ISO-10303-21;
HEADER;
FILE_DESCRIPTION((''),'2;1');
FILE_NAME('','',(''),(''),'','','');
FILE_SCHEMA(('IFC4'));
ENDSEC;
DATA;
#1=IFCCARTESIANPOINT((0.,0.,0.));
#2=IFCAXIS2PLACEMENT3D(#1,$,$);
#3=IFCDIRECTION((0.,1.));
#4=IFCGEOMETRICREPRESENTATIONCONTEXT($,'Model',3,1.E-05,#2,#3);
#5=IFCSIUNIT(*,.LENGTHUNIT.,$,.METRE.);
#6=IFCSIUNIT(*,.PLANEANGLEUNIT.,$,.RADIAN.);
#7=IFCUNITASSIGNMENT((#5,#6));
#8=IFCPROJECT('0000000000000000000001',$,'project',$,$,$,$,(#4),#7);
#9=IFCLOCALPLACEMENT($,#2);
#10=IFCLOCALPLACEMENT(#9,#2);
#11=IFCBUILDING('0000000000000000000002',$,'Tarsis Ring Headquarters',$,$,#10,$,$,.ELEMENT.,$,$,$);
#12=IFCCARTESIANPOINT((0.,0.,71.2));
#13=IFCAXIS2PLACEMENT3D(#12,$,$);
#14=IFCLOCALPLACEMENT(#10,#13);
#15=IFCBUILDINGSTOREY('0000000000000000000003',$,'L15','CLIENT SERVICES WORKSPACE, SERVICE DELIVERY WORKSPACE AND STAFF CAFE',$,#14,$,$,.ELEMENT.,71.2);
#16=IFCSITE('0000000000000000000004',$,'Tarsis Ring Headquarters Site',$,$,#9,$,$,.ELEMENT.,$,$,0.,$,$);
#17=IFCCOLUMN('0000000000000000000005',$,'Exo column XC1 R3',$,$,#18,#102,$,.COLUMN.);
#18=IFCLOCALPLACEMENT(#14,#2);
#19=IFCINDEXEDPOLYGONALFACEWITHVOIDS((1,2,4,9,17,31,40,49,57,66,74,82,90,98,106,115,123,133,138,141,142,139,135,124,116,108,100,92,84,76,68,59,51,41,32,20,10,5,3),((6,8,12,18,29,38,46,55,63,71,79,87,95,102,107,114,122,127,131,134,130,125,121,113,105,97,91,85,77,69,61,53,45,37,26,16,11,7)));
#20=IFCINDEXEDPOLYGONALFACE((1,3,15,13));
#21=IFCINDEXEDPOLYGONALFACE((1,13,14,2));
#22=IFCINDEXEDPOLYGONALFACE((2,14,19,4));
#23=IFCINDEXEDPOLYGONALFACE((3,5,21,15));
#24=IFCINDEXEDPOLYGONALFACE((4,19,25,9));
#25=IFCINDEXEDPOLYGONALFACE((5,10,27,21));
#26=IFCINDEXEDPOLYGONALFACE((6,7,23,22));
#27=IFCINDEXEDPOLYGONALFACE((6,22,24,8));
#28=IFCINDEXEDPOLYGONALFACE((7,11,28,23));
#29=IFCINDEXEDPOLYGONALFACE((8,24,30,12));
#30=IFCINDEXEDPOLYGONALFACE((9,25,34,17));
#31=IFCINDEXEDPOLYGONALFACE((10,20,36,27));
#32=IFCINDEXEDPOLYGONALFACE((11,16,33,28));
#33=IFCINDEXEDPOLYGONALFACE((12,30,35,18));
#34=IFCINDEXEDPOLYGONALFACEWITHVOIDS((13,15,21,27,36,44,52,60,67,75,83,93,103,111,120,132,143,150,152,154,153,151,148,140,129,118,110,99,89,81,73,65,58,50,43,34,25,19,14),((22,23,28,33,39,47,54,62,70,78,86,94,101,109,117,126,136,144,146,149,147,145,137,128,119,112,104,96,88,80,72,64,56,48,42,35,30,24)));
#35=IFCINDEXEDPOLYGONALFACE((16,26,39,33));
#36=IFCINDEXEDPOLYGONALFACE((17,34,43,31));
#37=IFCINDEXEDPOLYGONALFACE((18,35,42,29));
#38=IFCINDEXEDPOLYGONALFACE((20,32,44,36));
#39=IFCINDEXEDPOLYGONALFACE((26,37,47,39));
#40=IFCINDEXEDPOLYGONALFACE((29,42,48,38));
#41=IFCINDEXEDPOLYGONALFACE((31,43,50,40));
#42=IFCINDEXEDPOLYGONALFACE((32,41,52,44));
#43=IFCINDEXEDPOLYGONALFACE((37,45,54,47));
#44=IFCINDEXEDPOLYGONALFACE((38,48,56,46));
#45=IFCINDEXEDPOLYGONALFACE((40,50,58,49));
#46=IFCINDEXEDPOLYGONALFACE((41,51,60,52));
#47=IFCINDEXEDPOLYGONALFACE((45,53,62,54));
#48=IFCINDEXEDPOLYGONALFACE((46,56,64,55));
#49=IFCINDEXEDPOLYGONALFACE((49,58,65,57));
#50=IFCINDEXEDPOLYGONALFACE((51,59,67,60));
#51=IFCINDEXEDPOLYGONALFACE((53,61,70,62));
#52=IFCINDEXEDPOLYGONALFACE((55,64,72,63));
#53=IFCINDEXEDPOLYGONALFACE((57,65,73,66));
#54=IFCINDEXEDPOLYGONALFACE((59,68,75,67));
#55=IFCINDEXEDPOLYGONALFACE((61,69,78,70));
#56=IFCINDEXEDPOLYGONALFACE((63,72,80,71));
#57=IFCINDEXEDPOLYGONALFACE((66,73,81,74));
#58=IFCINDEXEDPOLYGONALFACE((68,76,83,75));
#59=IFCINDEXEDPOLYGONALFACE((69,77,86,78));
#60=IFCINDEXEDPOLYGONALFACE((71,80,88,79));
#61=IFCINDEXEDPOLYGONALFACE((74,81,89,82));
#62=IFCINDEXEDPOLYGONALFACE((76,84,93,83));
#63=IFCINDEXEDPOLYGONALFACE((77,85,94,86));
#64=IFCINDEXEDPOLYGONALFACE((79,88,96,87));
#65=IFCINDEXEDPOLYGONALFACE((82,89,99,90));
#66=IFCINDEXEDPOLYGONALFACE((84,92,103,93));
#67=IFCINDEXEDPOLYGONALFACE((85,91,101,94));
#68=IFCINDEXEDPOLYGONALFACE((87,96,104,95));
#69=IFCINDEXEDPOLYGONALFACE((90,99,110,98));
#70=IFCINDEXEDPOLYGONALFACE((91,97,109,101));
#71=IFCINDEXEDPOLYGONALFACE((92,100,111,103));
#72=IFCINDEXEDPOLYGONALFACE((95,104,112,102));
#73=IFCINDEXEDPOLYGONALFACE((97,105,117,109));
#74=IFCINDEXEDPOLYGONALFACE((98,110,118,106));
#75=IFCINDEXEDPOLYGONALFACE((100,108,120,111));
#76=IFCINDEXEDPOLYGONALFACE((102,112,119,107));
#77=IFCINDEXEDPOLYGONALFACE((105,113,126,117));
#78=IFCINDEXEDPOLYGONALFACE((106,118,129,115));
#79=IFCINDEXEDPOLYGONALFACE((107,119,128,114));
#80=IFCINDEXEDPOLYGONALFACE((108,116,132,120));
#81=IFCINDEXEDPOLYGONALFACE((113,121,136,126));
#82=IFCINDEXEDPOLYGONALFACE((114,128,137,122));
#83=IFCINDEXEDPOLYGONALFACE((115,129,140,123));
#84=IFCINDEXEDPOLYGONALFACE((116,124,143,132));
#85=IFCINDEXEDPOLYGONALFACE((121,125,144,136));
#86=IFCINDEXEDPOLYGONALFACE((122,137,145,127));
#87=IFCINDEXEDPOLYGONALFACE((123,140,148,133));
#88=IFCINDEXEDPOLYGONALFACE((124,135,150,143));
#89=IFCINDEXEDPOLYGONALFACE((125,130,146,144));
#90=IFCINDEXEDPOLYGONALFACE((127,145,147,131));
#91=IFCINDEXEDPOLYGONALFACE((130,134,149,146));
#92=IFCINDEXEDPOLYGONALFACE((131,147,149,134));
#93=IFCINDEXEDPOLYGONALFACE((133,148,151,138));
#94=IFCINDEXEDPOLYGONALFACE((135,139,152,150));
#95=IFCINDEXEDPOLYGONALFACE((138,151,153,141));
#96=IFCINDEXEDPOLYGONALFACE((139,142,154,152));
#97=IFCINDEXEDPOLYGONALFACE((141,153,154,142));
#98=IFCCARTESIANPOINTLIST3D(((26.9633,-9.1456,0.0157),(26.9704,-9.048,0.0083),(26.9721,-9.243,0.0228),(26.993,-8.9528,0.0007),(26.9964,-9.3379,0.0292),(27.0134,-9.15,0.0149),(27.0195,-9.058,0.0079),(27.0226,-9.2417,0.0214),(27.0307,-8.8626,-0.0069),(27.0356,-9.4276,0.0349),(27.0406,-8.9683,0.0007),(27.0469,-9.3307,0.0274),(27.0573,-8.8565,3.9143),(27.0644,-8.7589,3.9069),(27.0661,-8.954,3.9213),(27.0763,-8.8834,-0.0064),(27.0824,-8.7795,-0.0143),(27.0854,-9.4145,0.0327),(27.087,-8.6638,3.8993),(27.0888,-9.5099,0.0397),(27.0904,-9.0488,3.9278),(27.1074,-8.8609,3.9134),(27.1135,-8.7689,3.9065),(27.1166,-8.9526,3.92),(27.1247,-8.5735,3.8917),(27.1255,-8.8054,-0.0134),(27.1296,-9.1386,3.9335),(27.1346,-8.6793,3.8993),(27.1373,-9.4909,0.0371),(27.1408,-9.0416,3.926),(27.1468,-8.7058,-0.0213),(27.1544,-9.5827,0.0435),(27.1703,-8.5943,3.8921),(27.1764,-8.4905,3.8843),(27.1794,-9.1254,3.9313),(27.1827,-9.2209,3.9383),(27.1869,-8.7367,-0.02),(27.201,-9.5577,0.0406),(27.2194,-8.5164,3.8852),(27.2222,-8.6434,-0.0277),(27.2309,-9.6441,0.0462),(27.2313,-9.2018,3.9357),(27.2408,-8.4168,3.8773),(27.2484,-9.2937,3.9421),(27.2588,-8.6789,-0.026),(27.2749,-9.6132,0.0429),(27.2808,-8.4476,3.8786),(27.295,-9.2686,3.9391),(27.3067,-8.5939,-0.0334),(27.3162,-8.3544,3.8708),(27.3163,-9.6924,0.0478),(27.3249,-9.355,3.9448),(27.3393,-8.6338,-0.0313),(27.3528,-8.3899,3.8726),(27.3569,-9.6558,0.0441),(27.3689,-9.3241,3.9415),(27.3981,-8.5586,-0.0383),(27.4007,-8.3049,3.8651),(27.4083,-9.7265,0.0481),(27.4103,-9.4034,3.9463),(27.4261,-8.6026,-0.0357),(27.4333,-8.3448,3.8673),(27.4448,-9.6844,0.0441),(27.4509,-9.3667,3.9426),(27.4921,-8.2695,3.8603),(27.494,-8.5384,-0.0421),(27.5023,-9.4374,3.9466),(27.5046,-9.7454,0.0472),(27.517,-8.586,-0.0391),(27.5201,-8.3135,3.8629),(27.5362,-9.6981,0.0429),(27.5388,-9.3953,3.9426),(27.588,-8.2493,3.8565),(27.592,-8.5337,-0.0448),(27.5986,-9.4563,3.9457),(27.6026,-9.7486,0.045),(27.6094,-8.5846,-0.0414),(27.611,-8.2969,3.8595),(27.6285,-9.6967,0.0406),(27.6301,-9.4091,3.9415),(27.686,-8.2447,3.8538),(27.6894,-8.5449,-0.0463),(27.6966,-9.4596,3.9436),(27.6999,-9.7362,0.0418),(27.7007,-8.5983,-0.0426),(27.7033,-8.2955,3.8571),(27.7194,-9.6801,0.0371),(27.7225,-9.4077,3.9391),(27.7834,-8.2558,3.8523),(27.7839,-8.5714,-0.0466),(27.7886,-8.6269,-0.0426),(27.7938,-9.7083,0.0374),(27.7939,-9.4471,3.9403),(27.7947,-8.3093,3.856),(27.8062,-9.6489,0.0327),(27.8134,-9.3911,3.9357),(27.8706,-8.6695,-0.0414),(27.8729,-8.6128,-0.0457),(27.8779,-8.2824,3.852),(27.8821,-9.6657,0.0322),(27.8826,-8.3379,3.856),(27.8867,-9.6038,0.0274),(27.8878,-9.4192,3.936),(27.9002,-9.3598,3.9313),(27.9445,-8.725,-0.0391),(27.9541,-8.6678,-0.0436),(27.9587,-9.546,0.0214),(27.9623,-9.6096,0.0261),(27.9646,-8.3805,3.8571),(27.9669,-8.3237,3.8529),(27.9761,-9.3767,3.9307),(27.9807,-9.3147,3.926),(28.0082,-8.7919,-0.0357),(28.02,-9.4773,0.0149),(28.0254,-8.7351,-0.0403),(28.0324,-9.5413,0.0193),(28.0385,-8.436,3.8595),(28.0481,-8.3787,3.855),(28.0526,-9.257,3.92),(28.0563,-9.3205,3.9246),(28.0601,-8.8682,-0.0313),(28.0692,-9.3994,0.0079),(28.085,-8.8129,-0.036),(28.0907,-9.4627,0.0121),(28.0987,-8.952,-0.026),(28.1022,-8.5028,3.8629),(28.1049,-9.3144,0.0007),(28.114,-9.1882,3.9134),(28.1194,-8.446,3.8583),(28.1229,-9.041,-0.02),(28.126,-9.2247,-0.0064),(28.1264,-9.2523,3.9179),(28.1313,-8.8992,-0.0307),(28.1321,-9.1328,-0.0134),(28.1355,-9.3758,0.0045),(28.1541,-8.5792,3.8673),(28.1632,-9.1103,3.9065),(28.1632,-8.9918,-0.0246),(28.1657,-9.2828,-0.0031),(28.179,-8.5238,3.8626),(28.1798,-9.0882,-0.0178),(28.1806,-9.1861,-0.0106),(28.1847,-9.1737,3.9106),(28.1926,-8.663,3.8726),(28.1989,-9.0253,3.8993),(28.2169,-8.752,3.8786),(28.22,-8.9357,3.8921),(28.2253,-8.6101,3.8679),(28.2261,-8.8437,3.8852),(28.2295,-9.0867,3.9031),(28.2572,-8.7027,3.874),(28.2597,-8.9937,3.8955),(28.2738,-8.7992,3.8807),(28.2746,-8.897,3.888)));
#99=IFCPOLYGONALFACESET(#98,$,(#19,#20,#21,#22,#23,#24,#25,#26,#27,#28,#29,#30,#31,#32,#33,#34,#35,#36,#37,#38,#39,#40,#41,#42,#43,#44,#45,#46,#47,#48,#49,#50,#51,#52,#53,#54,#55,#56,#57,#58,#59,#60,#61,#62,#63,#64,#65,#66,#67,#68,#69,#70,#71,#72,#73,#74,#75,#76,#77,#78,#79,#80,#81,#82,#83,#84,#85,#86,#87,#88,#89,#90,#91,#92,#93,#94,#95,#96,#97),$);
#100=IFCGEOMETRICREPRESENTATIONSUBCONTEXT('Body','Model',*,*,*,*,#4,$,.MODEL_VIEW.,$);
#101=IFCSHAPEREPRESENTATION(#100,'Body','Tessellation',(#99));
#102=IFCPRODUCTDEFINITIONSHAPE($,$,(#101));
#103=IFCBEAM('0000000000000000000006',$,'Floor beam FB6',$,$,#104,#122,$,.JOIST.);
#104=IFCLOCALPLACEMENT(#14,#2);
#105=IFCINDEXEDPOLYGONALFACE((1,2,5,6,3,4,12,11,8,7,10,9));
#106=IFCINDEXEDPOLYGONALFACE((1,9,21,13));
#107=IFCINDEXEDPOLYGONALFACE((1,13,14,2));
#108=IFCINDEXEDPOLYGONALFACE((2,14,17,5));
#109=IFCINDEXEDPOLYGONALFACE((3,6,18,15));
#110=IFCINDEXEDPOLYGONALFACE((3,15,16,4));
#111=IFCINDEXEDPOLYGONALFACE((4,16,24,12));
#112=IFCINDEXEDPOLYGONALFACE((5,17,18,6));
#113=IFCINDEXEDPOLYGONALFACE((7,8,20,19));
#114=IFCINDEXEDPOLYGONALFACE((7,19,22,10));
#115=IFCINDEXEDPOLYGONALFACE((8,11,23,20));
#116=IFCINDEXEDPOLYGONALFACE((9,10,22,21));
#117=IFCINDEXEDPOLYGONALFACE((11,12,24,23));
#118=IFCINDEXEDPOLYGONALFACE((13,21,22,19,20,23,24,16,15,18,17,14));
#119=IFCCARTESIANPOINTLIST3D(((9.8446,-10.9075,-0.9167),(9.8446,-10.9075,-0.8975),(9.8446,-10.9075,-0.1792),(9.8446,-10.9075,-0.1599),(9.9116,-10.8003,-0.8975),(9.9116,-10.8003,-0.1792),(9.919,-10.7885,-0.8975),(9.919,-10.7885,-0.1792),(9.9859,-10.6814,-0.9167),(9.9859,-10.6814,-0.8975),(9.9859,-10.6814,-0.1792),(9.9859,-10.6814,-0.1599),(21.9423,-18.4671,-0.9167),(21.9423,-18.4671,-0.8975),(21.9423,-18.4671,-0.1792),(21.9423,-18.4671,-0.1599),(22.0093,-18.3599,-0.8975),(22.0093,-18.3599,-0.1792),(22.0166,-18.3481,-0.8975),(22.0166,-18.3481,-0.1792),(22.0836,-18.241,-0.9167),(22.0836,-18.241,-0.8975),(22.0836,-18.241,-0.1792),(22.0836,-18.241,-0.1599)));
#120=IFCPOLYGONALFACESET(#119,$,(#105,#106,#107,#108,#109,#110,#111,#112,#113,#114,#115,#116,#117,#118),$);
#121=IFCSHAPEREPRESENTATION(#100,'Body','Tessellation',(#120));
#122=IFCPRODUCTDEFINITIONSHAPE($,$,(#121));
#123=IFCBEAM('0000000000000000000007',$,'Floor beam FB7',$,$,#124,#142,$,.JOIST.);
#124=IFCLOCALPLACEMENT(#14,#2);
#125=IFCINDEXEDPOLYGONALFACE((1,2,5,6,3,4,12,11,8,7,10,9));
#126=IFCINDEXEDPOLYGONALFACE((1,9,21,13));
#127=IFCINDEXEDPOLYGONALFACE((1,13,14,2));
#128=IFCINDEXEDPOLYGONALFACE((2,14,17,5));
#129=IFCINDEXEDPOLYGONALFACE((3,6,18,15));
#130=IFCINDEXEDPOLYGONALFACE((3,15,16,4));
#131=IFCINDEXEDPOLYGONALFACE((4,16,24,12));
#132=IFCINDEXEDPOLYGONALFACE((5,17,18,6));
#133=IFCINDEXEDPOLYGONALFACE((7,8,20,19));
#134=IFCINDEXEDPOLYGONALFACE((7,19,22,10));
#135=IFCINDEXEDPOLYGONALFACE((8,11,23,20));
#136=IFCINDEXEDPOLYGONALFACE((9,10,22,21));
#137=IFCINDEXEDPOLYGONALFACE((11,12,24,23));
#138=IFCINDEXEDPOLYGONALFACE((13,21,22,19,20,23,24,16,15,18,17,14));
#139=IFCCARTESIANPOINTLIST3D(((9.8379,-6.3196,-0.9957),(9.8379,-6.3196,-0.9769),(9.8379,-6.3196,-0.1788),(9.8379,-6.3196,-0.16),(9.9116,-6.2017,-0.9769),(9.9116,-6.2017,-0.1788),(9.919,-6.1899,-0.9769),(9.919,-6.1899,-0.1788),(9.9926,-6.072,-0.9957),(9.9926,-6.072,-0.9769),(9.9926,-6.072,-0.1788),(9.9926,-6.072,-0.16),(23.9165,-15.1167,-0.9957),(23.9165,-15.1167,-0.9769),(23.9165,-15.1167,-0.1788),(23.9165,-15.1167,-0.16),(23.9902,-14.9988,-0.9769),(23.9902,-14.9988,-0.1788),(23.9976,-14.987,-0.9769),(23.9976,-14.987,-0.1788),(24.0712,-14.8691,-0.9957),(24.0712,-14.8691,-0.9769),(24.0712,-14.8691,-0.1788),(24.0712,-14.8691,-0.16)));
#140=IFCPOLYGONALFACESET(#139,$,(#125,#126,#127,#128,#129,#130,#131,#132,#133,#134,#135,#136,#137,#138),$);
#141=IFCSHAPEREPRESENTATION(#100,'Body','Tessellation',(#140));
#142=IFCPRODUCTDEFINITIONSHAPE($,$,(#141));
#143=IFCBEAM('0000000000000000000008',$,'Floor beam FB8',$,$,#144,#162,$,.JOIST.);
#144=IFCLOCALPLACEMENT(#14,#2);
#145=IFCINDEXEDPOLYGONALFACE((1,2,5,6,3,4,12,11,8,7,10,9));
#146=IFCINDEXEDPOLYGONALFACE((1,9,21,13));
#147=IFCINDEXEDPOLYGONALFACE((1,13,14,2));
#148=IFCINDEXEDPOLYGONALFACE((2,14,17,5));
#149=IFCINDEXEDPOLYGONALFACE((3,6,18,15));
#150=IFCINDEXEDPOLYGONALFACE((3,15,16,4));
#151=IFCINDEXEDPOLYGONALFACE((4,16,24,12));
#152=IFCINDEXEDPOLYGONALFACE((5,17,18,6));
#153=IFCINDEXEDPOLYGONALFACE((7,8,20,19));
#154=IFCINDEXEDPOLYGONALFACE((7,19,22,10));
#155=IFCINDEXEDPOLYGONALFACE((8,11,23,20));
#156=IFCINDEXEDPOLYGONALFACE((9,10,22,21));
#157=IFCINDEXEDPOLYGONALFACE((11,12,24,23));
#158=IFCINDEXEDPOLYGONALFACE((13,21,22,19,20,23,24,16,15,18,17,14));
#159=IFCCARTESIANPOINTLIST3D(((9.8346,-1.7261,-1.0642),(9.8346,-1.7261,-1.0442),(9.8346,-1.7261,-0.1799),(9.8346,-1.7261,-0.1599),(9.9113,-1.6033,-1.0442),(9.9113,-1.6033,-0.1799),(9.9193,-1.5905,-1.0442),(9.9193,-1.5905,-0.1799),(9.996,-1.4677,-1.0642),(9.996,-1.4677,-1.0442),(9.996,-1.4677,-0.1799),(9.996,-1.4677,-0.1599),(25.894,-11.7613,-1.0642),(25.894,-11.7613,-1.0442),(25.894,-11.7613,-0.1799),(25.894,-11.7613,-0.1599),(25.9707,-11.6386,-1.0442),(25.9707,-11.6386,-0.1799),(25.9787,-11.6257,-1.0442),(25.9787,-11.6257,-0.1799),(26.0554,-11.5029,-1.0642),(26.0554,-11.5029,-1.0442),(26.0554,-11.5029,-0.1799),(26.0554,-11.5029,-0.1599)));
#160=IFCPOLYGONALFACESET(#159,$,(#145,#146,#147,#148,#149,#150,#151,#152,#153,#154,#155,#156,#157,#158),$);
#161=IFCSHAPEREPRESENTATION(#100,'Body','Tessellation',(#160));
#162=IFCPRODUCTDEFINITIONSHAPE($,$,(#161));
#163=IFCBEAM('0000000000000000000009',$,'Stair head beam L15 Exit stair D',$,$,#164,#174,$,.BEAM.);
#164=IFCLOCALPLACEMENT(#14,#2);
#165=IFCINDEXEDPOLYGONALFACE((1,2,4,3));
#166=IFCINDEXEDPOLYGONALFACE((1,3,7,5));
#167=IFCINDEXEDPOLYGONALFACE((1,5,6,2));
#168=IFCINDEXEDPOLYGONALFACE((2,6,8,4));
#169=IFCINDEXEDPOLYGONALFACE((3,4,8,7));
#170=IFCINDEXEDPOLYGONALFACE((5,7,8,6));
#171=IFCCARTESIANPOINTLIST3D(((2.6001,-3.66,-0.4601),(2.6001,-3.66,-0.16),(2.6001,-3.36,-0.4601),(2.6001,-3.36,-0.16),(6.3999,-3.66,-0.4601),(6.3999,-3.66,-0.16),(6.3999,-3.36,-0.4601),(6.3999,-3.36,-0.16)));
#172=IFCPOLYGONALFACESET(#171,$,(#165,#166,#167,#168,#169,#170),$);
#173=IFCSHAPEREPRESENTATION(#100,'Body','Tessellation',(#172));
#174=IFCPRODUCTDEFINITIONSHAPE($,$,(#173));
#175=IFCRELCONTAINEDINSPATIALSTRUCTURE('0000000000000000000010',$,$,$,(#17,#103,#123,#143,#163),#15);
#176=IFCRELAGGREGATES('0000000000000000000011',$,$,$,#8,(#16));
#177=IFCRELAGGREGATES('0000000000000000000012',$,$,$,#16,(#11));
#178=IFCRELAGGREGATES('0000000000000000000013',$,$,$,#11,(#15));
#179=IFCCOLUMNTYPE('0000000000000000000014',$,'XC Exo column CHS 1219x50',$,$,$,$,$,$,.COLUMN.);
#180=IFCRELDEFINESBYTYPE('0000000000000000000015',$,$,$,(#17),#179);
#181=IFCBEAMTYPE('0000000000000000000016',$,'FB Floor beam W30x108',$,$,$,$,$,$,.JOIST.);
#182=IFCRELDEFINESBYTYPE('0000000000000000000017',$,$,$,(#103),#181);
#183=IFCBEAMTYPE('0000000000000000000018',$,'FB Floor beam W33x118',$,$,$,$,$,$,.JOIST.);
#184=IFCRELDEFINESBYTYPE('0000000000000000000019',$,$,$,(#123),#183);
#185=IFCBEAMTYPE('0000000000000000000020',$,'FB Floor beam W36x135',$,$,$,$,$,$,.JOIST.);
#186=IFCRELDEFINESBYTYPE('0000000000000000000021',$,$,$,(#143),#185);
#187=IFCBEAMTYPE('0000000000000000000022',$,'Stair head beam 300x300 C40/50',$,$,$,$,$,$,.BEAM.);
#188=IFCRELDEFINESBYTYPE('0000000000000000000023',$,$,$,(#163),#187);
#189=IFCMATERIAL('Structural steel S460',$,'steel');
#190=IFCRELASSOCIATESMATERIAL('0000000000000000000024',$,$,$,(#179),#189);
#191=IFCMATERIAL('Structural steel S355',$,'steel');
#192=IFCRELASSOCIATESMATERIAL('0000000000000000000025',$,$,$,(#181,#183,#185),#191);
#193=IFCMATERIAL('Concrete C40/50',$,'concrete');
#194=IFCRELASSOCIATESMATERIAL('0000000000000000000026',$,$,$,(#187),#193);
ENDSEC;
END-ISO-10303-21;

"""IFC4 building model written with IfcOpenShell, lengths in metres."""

from ifc_helpers import new_model, si_unit, direction, frame, origin, origin_2d, place, context, subcontext, project, spatial, rectangle, hollow_circle, i_section, extrude, material, material_profile, profile_set, type_object, element, save


model = new_model("IFC4")

# Units and contexts
model_context = context("Model", 3, precision=1e-05, world=origin(), true_north=direction((0.0, 1.0)))
body_context = subcontext(model_context, "Body", "Model", "MODEL_VIEW")
ifc_project = project(units=[si_unit("LENGTHUNIT", "METRE"), si_unit("PLANEANGLEUNIT", "RADIAN")], contexts=[model_context])

# Site, building, storey
site_placement = place(None, origin())
site = spatial("IfcSite", under=ifc_project, at=site_placement, Name="Tarsis Ring Headquarters Site", CompositionType="ELEMENT", RefElevation=0.0)
building_placement = place(site_placement, origin())
building = spatial("IfcBuilding", under=site, at=building_placement, Name="Tarsis Ring Headquarters", CompositionType="ELEMENT")
storey_placement = place(building_placement, frame((0.0, 0.0, 71.2)))
storey = spatial("IfcBuildingStorey", under=building, at=storey_placement, Name="L15", Description="CLIENT SERVICES WORKSPACE, SERVICE DELIVERY WORKSPACE AND STAFF CAFE", CompositionType="ELEMENT", Elevation=71.2)

# Column
ifc_material_1 = material(Name="Structural steel S460", Category="steel")
ifc_material_profile_1 = material_profile(ifc_material_1, hollow_circle(Radius=0.6096, WallThickness=0.05, at=origin_2d()), Name="CHS 1219x50")
ifc_profile_set_1 = profile_set([ifc_material_profile_1], Name="Structural steel S460")
column_type = type_object("IfcColumnType", Name="XC Exo column CHS 1219x50", PredefinedType="COLUMN", material=ifc_profile_set_1)
column_placement = place(storey_placement, frame((27.5728, -9.1414, 0.0007), z_axis=(0.024036, 0.073919, 0.996975), x_axis=(-0.950987, 0.309231, 0.0)))
element("IfcColumn", 1, at=column_placement, inside=storey, type_object=column_type, Name="Exo column XC1 R3", PredefinedType="COLUMN", context=body_context, shape_type="SweptSolid", body=[
    extrude(hollow_circle(Radius=0.6096, WallThickness=0.05, at=origin_2d()), origin(), (0.0, 0.0, 1.0), 3.9104),
])

# Beams
ifc_material_2 = material(Name="Structural steel S355", Category="steel")
ifc_material_profile_2 = material_profile(ifc_material_2, i_section(OverallWidth=0.2666, OverallDepth=0.7568, WebThickness=0.0139, FlangeThickness=0.0193, at=origin_2d()), Name="W30x108")
ifc_profile_set_2 = profile_set([ifc_material_profile_2], Name="Structural steel S355")
beam_type_1 = type_object("IfcBeamType", Name="FB Floor beam W30x108", PredefinedType="JOIST", material=ifc_profile_set_2)
beam_1_placement = place(storey_placement, frame((9.9153, -10.7944, -0.5383), z_axis=(0.848044, -0.529925, 0.0), x_axis=(0.529925, 0.848044, 0.0)))
element("IfcBeam", 2, at=beam_1_placement, inside=storey, type_object=beam_type_1, Name="Floor beam FB6", PredefinedType="JOIST", context=body_context, shape_type="SweptSolid", body=[
    extrude(i_section(OverallWidth=0.2666, OverallDepth=0.7568, WebThickness=0.0139, FlangeThickness=0.0193, at=origin_2d()), origin(), (0.0, 0.0, 1.0), 14.2654),
])
ifc_material_profile_3 = material_profile(ifc_material_2, i_section(OverallWidth=0.292, OverallDepth=0.8357, WebThickness=0.0139, FlangeThickness=0.0188, at=origin_2d()), Name="W33x118")
ifc_profile_set_3 = profile_set([ifc_material_profile_3], Name="Structural steel S355")
beam_type_2 = type_object("IfcBeamType", Name="FB Floor beam W33x118", PredefinedType="JOIST", material=ifc_profile_set_3)
beam_2_placement = place(storey_placement, frame((9.9153, -6.1958, -0.5779), z_axis=(0.848053, -0.529912, 0.0), x_axis=(0.529912, 0.848053, 0.0)))
element("IfcBeam", 3, at=beam_2_placement, inside=storey, type_object=beam_type_2, Name="Floor beam FB7", PredefinedType="JOIST", context=body_context, shape_type="SweptSolid", body=[
    extrude(i_section(OverallWidth=0.292, OverallDepth=0.8357, WebThickness=0.0139, FlangeThickness=0.0188, at=origin_2d()), origin(), (0.0, 0.0, 1.0), 16.6011),
])
ifc_material_profile_4 = material_profile(ifc_material_2, i_section(OverallWidth=0.3047, OverallDepth=0.9043, WebThickness=0.0151, FlangeThickness=0.02, at=origin_2d()), Name="W36x135")
ifc_profile_set_4 = profile_set([ifc_material_profile_4], Name="Structural steel S355")
beam_type_3 = type_object("IfcBeamType", Name="FB Floor beam W36x135", PredefinedType="JOIST", material=ifc_profile_set_4)
beam_3_placement = place(storey_placement, frame((9.9153, -1.5969, -0.6121), z_axis=(0.848044, -0.529926, 0.0), x_axis=(0.529926, 0.848044, 0.0)))
element("IfcBeam", 4, at=beam_3_placement, inside=storey, type_object=beam_type_3, Name="Floor beam FB8", PredefinedType="JOIST", context=body_context, shape_type="SweptSolid", body=[
    extrude(i_section(OverallWidth=0.3047, OverallDepth=0.9043, WebThickness=0.0151, FlangeThickness=0.02, at=origin_2d()), origin(), (0.0, 0.0, 1.0), 18.937),
])
ifc_material_3 = material(Name="Concrete C40/50", Category="concrete")
ifc_material_profile_5 = material_profile(ifc_material_3, rectangle(XDim=0.3, YDim=0.3, at=origin_2d()), Name="Stair head beam 300x300 C40/50")
ifc_profile_set_5 = profile_set([ifc_material_profile_5], Name="Concrete C40/50")
beam_type_4 = type_object("IfcBeamType", Name="Stair head beam 300x300 C40/50", PredefinedType="BEAM", material=ifc_profile_set_5)
beam_4_placement = place(storey_placement, frame((2.6001, -3.51, -0.3101), z_axis=(1.0, 0.0, 0.0), x_axis=(0.0, 1.0, 0.0)))
element("IfcBeam", 5, at=beam_4_placement, inside=storey, type_object=beam_type_4, Name="Stair head beam L15 Exit stair D", PredefinedType="BEAM", context=body_context, shape_type="SweptSolid", body=[
    extrude(rectangle(XDim=0.3, YDim=0.3, at=origin_2d()), origin(), (0.0, 0.0, 1.0), 3.7998),
])

save(model, "model.ifc")
